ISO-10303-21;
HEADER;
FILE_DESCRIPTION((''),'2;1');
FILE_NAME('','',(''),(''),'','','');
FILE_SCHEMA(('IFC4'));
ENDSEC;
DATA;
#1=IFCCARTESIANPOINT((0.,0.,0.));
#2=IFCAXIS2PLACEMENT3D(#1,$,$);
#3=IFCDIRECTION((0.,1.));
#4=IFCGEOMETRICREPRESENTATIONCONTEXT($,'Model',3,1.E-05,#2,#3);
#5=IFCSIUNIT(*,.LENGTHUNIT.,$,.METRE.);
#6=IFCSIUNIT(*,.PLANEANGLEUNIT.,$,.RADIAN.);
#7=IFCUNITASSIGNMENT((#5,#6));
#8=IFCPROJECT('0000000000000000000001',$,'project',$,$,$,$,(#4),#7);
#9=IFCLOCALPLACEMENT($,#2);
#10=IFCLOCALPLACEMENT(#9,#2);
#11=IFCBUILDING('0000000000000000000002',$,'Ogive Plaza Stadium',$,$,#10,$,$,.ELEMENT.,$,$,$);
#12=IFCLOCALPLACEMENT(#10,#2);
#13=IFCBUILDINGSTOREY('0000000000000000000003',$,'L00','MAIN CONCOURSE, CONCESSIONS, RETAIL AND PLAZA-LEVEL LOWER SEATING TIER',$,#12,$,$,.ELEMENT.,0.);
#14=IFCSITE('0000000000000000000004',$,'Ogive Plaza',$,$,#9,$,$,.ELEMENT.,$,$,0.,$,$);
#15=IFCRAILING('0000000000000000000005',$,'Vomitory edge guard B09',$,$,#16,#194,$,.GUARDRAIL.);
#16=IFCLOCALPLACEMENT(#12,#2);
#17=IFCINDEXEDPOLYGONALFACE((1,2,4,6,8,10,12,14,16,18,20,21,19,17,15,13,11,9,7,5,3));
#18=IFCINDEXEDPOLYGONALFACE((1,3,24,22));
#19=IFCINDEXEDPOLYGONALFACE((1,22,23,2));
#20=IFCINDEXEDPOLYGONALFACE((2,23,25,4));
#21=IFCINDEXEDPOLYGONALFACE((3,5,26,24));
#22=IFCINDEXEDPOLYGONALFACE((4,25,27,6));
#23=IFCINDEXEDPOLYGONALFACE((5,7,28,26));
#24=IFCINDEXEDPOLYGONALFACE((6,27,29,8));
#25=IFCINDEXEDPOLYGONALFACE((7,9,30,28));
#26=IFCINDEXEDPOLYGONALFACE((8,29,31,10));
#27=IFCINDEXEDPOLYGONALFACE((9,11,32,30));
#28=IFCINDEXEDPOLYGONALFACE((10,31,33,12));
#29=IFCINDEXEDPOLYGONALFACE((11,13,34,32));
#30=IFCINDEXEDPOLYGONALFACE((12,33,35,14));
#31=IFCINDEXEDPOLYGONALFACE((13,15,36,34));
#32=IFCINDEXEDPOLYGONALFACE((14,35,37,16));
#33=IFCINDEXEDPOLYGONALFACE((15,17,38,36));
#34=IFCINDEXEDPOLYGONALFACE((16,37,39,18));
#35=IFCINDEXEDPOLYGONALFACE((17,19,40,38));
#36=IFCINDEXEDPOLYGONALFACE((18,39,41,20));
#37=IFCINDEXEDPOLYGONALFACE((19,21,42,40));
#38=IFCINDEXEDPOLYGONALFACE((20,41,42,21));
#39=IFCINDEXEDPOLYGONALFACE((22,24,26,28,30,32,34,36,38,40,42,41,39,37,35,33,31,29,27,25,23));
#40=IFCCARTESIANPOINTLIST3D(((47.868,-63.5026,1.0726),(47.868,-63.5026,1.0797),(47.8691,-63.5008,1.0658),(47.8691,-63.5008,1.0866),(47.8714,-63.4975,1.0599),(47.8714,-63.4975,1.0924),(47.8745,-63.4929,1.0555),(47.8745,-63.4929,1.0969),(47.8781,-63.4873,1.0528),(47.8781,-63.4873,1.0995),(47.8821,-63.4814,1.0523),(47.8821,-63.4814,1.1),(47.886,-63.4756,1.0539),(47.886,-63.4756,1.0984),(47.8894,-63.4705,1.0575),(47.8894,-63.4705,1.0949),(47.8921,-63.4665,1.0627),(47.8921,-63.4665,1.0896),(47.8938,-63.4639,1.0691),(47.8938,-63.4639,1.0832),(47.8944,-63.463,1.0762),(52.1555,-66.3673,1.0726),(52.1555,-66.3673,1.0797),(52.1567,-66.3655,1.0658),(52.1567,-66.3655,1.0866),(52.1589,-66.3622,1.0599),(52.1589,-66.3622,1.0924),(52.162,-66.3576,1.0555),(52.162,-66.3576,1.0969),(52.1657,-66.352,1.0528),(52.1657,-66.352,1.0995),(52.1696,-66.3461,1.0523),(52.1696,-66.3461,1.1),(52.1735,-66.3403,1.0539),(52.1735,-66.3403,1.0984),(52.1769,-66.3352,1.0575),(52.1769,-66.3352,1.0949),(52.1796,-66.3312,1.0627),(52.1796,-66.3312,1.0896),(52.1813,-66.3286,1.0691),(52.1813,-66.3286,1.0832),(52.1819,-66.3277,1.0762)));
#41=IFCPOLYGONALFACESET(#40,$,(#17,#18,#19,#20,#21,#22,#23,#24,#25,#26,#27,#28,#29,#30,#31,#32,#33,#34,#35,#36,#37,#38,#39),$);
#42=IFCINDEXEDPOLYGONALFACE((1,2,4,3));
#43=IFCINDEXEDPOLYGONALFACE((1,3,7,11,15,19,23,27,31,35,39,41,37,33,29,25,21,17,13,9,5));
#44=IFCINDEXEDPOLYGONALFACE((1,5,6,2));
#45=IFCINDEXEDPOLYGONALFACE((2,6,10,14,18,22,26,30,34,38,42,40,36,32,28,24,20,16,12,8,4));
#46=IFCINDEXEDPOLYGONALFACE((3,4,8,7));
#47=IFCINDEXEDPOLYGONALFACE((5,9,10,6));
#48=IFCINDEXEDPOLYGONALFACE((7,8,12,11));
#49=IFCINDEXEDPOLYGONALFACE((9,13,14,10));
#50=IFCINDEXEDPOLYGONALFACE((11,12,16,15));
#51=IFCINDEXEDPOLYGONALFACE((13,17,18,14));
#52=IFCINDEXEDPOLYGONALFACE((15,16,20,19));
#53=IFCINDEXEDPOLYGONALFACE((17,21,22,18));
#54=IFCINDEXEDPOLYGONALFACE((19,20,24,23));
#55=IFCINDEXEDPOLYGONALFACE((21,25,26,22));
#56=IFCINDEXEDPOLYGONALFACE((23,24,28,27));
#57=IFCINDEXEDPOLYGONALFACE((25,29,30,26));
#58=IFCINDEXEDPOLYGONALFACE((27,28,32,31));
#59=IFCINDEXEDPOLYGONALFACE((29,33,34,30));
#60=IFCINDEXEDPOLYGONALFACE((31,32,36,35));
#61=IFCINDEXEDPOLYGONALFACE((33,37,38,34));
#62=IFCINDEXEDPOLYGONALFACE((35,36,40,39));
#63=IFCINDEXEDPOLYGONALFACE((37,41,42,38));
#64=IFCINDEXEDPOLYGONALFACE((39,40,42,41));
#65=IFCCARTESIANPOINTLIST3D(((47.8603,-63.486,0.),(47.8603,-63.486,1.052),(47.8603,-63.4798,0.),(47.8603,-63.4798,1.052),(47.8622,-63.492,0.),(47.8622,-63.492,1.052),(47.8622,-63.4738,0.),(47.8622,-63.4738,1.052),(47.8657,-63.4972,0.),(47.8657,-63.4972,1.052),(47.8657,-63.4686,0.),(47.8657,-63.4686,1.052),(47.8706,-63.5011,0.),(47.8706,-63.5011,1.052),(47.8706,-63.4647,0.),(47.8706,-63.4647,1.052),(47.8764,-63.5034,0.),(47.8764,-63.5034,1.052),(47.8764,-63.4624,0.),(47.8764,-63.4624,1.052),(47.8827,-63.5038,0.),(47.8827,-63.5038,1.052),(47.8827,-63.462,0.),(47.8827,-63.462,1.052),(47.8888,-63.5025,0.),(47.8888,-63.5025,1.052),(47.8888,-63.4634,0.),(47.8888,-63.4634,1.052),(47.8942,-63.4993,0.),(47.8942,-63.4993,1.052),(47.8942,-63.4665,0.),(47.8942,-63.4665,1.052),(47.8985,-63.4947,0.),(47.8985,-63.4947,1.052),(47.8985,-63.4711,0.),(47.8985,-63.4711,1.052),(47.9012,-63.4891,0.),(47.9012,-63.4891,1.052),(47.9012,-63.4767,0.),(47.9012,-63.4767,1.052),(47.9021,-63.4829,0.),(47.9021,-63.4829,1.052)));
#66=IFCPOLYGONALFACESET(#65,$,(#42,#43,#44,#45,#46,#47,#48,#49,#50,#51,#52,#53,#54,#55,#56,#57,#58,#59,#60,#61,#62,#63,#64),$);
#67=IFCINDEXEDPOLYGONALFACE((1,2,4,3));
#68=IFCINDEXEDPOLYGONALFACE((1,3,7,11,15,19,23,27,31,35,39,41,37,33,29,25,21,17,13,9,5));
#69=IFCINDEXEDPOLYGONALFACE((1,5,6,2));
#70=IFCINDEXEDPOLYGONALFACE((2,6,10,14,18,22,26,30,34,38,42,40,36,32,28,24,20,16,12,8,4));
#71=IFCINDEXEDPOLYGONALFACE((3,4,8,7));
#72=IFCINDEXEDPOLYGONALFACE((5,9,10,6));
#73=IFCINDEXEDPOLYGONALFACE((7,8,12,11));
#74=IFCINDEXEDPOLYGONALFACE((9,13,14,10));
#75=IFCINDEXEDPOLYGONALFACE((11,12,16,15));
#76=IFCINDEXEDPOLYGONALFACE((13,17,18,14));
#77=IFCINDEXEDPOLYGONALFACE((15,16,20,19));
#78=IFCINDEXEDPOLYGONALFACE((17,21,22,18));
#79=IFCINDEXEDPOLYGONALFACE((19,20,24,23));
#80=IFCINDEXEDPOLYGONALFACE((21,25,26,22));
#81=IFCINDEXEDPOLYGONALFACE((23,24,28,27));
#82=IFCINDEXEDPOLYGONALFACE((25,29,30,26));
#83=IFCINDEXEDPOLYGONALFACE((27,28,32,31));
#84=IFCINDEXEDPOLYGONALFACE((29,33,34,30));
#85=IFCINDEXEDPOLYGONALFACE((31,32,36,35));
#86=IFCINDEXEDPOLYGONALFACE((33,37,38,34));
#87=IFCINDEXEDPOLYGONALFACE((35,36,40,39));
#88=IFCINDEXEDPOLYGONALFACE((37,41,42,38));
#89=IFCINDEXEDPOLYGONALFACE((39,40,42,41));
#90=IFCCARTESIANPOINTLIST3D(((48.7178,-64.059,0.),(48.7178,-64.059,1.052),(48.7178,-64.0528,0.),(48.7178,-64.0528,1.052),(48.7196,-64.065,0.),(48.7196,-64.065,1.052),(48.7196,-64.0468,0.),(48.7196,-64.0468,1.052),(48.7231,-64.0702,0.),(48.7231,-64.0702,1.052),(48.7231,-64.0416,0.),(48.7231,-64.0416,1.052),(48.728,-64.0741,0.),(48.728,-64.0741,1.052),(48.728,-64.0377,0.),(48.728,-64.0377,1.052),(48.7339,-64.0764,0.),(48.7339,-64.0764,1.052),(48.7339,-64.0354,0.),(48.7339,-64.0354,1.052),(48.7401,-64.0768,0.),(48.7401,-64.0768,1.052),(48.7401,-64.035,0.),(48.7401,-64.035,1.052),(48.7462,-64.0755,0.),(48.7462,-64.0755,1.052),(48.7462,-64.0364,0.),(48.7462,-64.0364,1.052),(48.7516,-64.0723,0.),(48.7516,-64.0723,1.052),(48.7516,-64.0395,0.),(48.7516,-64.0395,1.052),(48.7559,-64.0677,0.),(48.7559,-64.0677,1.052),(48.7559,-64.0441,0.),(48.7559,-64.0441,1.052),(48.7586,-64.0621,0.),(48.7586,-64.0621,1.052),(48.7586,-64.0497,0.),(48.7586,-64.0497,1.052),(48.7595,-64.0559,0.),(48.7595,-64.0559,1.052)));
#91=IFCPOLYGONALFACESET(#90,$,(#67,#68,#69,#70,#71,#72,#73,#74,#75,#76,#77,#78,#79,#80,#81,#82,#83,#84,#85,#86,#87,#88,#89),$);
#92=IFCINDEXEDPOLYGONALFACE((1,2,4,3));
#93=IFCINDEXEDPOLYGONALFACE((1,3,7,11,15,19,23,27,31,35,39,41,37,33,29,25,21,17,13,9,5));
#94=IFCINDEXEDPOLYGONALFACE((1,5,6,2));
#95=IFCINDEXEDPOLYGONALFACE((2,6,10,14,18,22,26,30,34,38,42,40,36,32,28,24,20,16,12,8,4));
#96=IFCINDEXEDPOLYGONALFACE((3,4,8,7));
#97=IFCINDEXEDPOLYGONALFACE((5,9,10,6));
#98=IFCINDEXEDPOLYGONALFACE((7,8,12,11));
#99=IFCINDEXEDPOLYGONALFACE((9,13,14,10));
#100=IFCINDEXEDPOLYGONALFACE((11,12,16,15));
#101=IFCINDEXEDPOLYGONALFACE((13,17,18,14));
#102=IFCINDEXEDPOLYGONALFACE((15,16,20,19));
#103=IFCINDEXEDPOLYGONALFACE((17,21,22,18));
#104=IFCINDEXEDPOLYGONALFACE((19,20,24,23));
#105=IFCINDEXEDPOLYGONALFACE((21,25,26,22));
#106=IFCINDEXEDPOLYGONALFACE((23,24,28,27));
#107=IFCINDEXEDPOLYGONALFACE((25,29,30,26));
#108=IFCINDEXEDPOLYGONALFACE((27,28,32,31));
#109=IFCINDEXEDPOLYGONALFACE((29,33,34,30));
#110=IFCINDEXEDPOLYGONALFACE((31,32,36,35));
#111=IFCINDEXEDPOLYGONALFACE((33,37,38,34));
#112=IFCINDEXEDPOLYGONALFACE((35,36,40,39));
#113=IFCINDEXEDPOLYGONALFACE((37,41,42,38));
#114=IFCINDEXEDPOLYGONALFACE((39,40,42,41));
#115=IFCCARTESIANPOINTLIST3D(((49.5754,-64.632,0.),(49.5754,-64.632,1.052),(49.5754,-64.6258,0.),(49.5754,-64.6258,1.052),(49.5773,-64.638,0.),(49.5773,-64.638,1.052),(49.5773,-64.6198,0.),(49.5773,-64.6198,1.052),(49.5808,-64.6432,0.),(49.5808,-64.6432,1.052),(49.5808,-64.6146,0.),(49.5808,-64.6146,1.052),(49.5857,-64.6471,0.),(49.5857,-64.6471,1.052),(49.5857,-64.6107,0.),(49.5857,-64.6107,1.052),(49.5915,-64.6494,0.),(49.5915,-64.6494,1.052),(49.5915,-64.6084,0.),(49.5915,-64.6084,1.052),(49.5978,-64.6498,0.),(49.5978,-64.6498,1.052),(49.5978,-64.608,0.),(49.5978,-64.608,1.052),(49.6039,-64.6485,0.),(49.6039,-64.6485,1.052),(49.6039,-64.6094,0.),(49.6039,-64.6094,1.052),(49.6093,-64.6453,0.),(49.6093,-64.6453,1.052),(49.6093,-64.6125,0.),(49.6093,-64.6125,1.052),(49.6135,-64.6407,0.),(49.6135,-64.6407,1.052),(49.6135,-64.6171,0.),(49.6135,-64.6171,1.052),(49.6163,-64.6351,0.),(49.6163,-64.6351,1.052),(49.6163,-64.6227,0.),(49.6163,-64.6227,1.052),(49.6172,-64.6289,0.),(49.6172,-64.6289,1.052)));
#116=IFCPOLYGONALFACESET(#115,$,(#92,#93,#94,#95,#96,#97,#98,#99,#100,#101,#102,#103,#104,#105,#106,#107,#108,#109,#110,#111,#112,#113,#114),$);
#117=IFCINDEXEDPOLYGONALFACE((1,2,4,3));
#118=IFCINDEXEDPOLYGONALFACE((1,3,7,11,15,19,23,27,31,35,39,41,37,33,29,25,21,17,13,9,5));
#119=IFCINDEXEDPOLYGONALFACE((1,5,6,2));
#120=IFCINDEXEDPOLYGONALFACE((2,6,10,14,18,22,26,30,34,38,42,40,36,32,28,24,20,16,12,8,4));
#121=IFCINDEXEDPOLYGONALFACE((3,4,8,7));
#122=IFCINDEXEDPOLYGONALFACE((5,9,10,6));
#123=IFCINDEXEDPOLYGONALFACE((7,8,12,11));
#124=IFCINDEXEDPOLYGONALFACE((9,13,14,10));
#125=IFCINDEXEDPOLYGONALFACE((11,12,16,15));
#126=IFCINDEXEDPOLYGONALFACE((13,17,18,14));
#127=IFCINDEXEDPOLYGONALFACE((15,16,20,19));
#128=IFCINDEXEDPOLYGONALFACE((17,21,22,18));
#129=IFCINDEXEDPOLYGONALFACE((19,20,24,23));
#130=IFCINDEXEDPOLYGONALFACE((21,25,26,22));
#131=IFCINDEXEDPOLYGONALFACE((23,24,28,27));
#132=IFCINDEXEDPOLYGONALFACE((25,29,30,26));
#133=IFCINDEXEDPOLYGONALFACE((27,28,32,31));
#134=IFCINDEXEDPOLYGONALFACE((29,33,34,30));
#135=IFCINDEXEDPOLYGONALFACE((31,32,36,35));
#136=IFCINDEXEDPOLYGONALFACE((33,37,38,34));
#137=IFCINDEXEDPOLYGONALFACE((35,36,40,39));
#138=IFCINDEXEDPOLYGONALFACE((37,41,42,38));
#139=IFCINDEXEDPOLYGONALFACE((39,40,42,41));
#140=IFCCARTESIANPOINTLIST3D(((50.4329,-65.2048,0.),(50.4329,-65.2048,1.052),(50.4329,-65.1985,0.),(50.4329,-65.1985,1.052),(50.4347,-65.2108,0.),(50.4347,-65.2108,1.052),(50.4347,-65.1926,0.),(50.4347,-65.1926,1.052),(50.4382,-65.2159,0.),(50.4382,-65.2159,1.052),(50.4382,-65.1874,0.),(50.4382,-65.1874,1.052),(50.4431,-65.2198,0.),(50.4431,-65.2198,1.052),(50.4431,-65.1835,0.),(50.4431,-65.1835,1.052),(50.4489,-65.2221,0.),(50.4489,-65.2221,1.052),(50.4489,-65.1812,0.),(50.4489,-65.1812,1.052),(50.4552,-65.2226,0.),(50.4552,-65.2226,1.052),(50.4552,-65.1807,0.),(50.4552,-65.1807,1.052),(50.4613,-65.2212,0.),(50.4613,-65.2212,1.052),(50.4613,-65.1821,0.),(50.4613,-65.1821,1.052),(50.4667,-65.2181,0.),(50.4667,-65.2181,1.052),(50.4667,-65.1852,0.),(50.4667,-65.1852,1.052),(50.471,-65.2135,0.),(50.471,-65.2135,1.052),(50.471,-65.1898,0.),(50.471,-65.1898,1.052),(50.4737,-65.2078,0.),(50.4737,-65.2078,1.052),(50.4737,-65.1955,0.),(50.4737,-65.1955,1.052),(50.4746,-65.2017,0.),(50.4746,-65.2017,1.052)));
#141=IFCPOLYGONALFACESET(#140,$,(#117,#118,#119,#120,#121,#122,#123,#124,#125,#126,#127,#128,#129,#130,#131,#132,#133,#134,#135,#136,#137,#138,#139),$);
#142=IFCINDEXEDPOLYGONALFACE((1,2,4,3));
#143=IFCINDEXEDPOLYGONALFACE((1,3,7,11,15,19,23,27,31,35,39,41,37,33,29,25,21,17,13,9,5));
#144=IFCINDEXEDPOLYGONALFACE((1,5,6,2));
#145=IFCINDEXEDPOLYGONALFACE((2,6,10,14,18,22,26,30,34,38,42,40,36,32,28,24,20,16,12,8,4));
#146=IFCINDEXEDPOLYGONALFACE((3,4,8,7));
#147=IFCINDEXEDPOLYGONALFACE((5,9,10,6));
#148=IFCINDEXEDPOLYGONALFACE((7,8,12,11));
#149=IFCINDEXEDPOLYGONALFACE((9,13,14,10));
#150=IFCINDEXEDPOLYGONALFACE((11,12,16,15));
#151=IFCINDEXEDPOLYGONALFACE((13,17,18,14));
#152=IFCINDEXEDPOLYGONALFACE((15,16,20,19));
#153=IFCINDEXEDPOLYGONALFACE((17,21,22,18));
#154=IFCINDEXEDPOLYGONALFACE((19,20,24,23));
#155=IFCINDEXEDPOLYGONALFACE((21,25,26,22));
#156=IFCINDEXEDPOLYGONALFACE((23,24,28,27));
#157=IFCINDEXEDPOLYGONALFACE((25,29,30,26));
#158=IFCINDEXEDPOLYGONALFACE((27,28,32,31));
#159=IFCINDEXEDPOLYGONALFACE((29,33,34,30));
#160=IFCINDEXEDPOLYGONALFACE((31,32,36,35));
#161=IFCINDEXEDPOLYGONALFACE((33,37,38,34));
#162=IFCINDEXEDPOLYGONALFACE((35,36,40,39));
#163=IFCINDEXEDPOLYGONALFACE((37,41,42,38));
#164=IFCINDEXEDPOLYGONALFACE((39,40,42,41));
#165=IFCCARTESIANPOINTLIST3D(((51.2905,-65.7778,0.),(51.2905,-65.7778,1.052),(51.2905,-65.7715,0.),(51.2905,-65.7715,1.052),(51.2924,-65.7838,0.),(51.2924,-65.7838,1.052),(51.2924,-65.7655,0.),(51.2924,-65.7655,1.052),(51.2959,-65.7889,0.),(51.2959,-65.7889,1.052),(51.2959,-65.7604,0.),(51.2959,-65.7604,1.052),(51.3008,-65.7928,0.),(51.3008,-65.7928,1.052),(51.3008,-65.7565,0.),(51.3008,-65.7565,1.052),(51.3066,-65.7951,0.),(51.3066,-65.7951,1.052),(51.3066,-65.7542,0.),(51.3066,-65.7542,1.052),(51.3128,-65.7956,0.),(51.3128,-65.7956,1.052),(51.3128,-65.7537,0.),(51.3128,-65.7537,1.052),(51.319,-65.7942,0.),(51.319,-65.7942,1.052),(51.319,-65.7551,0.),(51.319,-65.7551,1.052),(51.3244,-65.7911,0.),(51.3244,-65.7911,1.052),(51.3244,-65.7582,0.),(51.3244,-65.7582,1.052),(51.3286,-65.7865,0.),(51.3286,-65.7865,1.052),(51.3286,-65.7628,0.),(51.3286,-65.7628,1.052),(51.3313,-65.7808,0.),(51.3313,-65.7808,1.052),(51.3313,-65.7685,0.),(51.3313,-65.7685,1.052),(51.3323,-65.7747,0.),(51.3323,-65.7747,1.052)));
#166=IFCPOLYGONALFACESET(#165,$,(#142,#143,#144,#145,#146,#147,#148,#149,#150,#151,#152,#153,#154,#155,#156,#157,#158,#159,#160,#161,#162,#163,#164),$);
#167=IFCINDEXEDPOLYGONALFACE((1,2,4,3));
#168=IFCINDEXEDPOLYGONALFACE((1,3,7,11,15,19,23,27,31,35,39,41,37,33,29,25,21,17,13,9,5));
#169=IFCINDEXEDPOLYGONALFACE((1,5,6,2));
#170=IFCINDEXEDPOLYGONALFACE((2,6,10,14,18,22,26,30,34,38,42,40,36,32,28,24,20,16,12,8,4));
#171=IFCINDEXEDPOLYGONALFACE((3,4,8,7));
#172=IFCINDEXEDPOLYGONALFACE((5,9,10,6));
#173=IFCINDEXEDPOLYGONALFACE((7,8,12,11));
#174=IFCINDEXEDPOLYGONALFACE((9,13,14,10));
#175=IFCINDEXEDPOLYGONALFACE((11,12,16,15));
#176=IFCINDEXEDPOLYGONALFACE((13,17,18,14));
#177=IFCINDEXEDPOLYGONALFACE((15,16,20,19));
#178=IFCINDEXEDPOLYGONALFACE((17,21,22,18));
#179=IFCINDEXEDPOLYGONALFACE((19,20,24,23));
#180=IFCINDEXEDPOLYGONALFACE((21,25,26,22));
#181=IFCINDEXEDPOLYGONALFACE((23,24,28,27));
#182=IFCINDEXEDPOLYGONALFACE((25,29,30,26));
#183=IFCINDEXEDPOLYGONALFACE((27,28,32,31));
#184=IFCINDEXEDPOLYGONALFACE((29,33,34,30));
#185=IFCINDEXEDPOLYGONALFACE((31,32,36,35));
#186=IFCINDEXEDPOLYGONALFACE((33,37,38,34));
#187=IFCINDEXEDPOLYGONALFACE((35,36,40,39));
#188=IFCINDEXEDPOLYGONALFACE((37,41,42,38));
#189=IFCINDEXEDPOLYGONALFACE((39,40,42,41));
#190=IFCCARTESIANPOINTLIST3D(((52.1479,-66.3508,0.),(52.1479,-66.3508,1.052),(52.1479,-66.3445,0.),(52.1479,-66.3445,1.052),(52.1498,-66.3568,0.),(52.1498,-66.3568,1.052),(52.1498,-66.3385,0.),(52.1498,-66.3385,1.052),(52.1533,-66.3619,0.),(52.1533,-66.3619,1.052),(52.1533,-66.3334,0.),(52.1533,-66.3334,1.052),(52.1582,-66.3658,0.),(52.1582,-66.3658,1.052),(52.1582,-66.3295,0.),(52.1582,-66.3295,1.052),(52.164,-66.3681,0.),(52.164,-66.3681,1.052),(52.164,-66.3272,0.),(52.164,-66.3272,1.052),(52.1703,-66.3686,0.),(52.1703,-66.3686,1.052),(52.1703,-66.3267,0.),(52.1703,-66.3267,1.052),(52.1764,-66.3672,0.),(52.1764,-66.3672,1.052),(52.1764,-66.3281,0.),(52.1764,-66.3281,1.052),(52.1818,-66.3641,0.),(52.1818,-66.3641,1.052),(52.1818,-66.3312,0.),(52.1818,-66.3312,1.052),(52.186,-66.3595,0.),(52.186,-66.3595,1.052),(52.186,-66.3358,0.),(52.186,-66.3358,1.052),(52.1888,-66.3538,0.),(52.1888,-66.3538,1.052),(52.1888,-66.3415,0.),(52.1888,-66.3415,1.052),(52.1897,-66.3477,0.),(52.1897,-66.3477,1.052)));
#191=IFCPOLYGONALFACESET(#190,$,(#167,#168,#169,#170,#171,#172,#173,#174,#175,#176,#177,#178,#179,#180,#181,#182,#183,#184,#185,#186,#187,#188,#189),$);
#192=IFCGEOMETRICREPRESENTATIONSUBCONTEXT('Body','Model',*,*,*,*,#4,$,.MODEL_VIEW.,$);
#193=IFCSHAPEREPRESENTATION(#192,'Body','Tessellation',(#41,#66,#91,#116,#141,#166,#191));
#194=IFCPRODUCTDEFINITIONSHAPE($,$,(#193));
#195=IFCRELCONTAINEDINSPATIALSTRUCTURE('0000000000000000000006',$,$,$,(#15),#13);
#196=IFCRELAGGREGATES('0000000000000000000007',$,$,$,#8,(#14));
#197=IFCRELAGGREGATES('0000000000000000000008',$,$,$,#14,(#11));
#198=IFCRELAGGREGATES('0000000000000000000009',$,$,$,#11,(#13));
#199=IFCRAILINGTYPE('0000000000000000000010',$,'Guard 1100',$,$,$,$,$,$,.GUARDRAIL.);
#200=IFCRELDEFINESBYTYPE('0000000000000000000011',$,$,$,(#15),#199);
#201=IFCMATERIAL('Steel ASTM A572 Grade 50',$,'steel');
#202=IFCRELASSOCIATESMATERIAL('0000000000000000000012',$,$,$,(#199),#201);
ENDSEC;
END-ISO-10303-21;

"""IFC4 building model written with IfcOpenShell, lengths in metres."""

from ifc_helpers import new_model, si_unit, direction, frame, origin, origin_2d, place, context, subcontext, project, spatial, circle, extrude, material, type_object, element, save


model = new_model("IFC4")

# Units and contexts
model_context = context("Model", 3, precision=1e-05, world=origin(), true_north=direction((0.0, 1.0)))
body_context = subcontext(model_context, "Body", "Model", "MODEL_VIEW")
ifc_project = project(units=[si_unit("LENGTHUNIT", "METRE"), si_unit("PLANEANGLEUNIT", "RADIAN")], contexts=[model_context])

# Site, building, storey
site_placement = place(None, origin())
site = spatial("IfcSite", under=ifc_project, at=site_placement, Name="Ogive Plaza", CompositionType="ELEMENT", RefElevation=0.0)
building_placement = place(site_placement, origin())
building = spatial("IfcBuilding", under=site, at=building_placement, Name="Ogive Plaza Stadium", CompositionType="ELEMENT")
storey_placement = place(building_placement, origin())
storey = spatial("IfcBuildingStorey", under=building, at=storey_placement, Name="L00", Description="MAIN CONCOURSE, CONCESSIONS, RETAIL AND PLAZA-LEVEL LOWER SEATING TIER", CompositionType="ELEMENT", Elevation=0.0)

# Railing
ifc_material_1 = material(Name="Steel ASTM A572 Grade 50", Category="steel")
railing_type = type_object("IfcRailingType", Name="Guard 1100", PredefinedType="GUARDRAIL", material=ifc_material_1)
railing_1_placement = place(storey_placement, frame((47.8811, -63.4829, 0.0)))
element("IfcRailing", 1, at=railing_1_placement, inside=storey, type_object=railing_type, Name="Vomitory edge guard B09", PredefinedType="GUARDRAIL", context=body_context, shape_type="SweptSolid", body=[
    extrude(circle(Radius=0.0239, at=origin_2d()), frame((0.0, 0.0, 1.0762), z_axis=(0.831482, -0.555552, 0.0), x_axis=(0.555552, 0.831482, 0.0)), (0.0, 0.0, 1.0), 5.1565),
    extrude(circle(Radius=0.021, at=origin_2d()), origin(), (0.0, 0.0, 1.0), 1.052),
    extrude(circle(Radius=0.021, at=origin_2d()), frame((0.8574, -0.573, 0.0)), (0.0, 0.0, 1.0), 1.052),
    extrude(circle(Radius=0.021, at=origin_2d()), frame((1.7151, -1.146, 0.0)), (0.0, 0.0, 1.0), 1.052),
    extrude(circle(Radius=0.021, at=origin_2d()), frame((2.5725, -1.7188, 0.0)), (0.0, 0.0, 1.0), 1.052),
    extrude(circle(Radius=0.021, at=origin_2d()), frame((3.4302, -2.2917, 0.0)), (0.0, 0.0, 1.0), 1.052),
    extrude(circle(Radius=0.021, at=origin_2d()), frame((4.2876, -2.8647, 0.0)), (0.0, 0.0, 1.0), 1.052),
])

save(model, "model.ifc")
